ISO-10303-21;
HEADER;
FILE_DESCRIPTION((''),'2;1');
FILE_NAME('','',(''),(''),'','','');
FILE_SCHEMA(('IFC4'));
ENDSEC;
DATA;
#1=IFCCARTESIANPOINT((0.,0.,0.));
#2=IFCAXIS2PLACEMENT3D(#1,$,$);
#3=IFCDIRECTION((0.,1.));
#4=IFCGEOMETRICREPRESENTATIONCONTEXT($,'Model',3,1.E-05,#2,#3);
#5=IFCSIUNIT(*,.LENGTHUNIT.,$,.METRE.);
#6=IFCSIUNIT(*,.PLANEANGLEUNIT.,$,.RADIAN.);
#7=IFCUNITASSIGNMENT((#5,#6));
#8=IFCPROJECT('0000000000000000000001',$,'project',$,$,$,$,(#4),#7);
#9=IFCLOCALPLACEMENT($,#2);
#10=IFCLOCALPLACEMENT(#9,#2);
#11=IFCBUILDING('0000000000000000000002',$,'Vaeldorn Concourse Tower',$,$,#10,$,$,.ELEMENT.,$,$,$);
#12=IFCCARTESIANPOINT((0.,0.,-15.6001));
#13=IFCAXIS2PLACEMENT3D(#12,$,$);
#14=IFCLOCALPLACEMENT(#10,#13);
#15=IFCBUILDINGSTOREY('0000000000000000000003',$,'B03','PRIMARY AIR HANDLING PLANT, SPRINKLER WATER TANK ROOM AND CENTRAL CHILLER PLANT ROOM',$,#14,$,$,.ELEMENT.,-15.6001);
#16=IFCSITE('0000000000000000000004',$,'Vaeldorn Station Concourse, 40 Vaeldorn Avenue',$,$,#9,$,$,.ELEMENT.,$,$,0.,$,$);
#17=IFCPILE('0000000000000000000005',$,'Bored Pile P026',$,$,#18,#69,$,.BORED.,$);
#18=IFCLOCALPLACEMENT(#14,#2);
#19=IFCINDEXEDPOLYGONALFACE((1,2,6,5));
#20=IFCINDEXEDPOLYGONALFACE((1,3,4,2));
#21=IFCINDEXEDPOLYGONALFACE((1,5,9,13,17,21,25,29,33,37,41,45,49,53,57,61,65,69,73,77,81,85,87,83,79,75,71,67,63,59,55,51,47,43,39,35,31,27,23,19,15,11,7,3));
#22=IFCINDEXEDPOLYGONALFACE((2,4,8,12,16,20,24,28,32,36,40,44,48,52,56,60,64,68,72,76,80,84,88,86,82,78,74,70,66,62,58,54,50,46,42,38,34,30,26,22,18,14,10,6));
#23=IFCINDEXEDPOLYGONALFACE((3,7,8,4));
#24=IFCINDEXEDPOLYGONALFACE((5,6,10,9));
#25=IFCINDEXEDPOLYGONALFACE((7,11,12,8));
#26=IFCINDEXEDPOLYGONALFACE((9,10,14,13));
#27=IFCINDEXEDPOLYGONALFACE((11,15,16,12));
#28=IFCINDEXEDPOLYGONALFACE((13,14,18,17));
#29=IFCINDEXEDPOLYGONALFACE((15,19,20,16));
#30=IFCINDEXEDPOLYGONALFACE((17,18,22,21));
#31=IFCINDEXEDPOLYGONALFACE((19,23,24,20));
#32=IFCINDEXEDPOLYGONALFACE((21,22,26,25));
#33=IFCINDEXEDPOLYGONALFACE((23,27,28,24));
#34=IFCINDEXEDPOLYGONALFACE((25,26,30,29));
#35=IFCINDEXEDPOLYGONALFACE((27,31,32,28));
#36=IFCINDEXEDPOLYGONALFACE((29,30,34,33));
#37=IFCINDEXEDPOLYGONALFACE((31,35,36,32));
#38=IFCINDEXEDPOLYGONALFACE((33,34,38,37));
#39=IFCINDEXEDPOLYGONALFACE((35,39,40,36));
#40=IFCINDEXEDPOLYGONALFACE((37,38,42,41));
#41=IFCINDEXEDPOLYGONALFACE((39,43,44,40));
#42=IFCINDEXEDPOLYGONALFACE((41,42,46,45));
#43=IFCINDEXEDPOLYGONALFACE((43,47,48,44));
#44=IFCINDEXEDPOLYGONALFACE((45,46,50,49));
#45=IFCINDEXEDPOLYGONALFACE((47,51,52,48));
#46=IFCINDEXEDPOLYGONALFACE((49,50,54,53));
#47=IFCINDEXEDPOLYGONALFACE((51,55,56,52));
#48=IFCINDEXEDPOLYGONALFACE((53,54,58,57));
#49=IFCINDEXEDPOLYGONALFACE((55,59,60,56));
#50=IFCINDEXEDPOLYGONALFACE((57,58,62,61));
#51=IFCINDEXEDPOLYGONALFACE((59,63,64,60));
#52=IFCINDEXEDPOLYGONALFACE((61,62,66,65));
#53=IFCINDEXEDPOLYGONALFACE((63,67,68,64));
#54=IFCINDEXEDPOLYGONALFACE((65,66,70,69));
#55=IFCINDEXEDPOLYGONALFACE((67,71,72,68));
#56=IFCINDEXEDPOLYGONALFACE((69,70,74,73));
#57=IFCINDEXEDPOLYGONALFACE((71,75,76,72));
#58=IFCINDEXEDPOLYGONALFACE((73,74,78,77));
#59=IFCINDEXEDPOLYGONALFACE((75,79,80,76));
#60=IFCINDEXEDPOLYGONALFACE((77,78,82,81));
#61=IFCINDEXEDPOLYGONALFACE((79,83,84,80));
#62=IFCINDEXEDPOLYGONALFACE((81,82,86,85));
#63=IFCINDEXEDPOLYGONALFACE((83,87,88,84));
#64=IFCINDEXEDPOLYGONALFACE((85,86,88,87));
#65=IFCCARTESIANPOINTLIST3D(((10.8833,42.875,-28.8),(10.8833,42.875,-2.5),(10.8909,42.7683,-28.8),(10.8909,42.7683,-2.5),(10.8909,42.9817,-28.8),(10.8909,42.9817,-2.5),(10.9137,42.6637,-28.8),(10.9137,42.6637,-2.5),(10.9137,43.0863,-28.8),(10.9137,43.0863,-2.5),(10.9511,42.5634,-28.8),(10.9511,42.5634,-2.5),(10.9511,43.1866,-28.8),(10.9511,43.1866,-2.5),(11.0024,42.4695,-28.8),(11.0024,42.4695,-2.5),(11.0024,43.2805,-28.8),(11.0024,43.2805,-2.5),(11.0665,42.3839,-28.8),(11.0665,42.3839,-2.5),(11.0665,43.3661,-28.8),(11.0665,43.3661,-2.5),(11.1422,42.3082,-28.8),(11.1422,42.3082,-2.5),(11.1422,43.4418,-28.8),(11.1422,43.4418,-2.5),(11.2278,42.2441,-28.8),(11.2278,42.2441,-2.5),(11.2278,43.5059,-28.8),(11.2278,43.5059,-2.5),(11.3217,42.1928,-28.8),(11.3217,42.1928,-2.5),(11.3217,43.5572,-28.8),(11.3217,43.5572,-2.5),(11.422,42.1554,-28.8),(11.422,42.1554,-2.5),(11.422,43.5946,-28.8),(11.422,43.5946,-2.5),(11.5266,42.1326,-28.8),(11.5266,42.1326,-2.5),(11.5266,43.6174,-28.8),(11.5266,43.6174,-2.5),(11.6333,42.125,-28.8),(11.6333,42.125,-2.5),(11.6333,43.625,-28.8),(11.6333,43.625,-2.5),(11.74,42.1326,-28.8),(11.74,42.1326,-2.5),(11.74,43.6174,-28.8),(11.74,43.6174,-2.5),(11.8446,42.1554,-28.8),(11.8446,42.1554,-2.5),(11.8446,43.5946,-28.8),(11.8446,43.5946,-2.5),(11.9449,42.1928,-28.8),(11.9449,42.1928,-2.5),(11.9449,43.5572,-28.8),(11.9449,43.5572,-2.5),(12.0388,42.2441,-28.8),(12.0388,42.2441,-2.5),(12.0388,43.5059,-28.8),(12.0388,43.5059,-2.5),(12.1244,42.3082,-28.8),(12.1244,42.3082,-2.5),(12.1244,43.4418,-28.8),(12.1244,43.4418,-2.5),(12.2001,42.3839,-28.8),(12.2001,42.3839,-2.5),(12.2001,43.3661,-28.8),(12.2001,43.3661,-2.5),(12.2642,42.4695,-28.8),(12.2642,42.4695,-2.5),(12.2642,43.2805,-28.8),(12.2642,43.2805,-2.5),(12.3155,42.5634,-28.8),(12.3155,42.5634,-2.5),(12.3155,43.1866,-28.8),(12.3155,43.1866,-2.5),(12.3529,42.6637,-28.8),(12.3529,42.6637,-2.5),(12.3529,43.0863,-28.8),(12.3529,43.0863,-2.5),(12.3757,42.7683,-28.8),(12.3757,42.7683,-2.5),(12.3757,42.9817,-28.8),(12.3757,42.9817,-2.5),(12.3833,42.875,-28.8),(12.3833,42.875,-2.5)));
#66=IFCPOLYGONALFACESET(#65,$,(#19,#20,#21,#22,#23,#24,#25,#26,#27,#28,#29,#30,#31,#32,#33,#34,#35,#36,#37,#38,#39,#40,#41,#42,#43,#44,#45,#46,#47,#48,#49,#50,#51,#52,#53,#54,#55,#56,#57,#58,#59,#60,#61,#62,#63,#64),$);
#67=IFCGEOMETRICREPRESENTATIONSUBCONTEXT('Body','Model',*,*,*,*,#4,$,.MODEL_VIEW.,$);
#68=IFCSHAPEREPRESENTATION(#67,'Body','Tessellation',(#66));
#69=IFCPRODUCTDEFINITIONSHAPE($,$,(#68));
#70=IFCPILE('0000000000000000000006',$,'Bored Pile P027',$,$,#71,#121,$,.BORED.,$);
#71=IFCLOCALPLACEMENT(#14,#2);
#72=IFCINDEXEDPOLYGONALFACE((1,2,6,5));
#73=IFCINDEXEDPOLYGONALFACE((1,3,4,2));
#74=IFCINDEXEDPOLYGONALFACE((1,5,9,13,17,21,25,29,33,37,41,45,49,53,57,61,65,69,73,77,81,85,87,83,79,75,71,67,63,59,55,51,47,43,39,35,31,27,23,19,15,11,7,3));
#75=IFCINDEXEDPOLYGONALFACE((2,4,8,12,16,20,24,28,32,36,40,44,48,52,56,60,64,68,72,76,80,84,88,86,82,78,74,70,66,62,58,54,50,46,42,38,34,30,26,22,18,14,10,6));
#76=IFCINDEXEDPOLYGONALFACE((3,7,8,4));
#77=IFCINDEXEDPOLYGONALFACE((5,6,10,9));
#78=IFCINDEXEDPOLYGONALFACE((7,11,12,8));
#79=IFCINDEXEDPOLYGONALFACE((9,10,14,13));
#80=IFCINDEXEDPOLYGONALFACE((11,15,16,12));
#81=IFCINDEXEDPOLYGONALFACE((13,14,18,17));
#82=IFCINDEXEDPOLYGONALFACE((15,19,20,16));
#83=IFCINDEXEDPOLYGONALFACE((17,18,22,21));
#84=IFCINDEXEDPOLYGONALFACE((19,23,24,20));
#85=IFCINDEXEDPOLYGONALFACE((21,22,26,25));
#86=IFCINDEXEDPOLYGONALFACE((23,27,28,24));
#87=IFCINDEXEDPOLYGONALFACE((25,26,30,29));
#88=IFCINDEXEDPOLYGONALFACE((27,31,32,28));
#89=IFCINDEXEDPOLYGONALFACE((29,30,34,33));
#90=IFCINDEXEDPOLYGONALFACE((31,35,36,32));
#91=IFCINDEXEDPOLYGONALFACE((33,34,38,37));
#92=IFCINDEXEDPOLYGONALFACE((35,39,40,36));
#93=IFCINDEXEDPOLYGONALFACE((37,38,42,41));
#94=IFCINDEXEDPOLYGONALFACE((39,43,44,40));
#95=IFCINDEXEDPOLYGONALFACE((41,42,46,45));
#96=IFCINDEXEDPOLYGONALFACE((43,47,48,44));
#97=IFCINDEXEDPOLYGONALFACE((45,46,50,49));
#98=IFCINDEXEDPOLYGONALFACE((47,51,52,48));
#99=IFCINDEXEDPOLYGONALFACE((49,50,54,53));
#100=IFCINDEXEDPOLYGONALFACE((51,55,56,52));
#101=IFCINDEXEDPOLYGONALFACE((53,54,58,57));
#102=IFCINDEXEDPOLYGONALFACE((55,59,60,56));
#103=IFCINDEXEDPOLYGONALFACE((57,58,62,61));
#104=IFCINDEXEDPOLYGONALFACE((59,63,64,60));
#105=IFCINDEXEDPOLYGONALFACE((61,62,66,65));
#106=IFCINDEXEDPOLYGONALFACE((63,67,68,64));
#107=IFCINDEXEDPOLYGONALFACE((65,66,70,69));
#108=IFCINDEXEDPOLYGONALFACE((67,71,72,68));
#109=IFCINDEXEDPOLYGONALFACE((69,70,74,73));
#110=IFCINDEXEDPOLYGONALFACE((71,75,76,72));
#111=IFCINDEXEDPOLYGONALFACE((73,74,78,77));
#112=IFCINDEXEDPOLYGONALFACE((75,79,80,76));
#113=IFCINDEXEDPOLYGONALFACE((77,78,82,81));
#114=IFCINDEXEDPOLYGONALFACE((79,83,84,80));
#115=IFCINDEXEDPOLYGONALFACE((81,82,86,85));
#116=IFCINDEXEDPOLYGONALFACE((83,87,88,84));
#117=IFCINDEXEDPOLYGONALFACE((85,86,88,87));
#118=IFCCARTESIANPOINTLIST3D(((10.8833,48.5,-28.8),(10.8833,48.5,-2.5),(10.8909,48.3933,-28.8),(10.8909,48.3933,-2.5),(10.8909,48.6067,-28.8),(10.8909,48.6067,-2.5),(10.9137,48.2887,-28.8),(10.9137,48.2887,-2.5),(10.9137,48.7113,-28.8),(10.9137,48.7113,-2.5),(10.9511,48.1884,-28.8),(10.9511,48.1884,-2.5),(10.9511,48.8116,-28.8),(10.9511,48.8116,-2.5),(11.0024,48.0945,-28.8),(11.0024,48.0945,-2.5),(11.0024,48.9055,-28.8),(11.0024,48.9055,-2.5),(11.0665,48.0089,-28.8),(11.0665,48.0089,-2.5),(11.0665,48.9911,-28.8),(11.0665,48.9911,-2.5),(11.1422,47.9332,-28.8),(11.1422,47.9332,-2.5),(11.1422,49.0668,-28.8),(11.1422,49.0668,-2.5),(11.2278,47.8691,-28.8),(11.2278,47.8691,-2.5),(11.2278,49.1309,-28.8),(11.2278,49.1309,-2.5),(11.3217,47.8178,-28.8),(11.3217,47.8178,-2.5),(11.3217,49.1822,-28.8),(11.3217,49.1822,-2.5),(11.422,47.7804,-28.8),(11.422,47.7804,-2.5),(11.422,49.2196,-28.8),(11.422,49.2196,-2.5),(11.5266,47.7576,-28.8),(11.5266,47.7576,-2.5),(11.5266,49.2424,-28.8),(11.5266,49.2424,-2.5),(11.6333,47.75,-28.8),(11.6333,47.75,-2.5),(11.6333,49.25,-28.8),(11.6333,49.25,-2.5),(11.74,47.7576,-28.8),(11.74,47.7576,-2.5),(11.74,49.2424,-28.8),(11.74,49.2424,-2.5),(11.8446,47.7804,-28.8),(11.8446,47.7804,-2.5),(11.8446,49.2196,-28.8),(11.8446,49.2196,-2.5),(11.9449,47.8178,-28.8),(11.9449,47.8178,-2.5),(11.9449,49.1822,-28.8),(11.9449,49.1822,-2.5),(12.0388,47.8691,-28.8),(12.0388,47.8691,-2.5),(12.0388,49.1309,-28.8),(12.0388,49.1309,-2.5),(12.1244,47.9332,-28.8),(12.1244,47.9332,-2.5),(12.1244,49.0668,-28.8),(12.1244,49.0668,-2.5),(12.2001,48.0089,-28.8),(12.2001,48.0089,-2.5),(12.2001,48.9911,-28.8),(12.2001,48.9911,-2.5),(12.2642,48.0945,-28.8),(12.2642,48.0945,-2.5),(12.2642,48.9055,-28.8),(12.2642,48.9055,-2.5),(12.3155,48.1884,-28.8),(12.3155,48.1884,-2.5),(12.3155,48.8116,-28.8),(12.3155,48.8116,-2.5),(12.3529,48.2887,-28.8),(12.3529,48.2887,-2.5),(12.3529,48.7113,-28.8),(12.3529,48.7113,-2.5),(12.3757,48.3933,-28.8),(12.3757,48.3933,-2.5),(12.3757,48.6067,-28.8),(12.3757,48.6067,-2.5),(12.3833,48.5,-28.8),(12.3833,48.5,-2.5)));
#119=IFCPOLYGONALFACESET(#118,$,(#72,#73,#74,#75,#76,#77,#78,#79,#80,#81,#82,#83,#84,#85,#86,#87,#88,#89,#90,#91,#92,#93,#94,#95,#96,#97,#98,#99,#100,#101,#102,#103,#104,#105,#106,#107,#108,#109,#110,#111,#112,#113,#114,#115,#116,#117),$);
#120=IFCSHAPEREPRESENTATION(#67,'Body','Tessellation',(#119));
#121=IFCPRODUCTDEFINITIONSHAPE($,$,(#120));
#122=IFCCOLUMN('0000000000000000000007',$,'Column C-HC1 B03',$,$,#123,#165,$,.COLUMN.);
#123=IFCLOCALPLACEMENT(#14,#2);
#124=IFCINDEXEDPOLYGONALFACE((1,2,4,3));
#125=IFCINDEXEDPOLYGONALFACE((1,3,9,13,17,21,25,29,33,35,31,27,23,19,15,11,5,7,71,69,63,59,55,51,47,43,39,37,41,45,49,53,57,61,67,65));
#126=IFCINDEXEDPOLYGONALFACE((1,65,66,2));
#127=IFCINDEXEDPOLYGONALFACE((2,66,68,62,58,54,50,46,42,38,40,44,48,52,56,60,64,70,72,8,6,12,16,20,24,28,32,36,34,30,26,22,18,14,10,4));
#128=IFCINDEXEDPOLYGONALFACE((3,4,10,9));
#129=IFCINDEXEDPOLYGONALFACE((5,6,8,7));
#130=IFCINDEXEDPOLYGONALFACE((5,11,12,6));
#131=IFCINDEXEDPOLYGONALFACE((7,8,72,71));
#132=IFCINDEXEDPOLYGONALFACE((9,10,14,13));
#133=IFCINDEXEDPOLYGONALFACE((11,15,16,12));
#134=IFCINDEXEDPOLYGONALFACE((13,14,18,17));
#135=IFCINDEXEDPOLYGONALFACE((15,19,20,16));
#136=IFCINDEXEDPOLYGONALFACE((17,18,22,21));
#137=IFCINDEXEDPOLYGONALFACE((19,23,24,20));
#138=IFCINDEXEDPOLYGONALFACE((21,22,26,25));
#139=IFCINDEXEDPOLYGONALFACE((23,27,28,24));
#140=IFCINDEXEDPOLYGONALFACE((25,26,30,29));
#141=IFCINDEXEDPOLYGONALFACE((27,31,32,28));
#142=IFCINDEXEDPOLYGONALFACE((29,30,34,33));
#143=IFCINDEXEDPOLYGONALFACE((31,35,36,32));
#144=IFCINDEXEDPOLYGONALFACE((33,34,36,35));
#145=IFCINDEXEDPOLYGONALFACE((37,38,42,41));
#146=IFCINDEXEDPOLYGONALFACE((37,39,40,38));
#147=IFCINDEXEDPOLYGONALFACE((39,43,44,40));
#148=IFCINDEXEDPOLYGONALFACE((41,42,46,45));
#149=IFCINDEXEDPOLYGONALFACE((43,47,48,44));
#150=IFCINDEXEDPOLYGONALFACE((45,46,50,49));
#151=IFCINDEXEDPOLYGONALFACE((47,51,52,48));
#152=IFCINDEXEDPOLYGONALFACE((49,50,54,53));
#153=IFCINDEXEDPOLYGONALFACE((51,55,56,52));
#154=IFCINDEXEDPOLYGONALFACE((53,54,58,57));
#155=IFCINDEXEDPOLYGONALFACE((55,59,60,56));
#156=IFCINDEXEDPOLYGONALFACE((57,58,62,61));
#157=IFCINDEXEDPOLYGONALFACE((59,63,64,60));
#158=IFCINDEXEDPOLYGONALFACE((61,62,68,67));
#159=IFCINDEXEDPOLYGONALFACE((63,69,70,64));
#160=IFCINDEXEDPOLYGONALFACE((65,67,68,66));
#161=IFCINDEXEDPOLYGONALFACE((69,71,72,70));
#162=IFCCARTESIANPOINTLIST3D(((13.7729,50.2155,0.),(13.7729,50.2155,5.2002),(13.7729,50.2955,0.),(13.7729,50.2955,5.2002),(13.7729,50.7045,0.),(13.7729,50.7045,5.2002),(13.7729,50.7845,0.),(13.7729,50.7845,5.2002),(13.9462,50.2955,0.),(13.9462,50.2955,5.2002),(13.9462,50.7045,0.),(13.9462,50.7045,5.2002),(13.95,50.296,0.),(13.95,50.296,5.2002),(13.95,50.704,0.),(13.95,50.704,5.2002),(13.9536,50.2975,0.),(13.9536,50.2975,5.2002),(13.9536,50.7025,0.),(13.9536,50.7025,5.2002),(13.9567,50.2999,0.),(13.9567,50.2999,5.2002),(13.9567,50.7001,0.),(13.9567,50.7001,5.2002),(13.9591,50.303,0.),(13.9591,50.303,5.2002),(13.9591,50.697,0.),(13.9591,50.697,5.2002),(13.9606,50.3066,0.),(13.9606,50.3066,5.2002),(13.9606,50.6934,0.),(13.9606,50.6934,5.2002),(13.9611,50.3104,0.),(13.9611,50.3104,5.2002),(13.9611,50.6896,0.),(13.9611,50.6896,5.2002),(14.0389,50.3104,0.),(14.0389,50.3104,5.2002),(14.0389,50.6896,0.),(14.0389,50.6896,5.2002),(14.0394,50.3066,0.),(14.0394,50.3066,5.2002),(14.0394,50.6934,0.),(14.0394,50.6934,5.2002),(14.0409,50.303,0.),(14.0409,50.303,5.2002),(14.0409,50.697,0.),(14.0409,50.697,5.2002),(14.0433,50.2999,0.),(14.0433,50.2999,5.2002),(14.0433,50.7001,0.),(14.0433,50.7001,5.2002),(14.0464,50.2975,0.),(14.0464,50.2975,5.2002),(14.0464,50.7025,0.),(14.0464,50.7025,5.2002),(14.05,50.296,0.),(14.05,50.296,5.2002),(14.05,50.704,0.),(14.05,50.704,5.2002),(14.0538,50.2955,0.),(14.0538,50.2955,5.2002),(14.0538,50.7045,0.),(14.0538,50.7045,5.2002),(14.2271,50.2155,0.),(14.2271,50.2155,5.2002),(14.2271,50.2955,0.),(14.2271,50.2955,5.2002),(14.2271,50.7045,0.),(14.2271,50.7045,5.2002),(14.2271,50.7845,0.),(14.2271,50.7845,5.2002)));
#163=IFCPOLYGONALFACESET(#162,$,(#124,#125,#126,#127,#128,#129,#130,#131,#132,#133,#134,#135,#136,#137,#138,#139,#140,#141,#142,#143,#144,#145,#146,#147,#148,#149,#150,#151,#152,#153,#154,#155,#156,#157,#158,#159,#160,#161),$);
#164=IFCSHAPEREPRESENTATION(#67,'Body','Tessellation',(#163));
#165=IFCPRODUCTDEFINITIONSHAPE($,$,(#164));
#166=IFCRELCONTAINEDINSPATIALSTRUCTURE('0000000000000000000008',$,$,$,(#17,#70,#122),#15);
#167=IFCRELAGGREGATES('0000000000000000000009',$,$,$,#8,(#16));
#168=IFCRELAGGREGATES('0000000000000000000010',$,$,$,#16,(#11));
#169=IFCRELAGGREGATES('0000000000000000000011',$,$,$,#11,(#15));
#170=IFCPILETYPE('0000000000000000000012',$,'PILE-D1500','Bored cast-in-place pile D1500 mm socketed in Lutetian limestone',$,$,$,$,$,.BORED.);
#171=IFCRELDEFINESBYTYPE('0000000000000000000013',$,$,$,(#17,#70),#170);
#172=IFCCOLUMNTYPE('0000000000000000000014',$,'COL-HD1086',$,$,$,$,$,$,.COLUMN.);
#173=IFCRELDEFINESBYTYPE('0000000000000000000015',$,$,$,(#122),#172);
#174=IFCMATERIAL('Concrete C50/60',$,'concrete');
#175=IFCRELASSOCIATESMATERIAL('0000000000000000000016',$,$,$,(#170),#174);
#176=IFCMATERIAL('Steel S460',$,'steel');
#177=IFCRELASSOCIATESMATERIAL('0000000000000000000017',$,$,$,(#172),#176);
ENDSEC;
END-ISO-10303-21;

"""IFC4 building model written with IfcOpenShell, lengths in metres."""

from ifc_helpers import new_model, si_unit, direction, frame, origin, origin_2d, place, context, subcontext, project, spatial, circle, i_section, extrude, source, transform, mapped, material, material_profile, profile_set, type_object, element, save


model = new_model("IFC4")

# Units and contexts
model_context = context("Model", 3, precision=1e-05, world=origin(), true_north=direction((0.0, 1.0)))
body_context = subcontext(model_context, "Body", "Model", "MODEL_VIEW")
ifc_project = project(units=[si_unit("LENGTHUNIT", "METRE"), si_unit("PLANEANGLEUNIT", "RADIAN")], contexts=[model_context])

# Site, building, storey
site_placement = place(None, origin())
site = spatial("IfcSite", under=ifc_project, at=site_placement, Name="Vaeldorn Station Concourse, 40 Vaeldorn Avenue", CompositionType="ELEMENT", RefElevation=0.0)
building_placement = place(site_placement, origin())
building = spatial("IfcBuilding", under=site, at=building_placement, Name="Vaeldorn Concourse Tower", CompositionType="ELEMENT")
storey_placement = place(building_placement, frame((0.0, 0.0, -15.6001)))
storey = spatial("IfcBuildingStorey", under=building, at=storey_placement, Name="B03", Description="PRIMARY AIR HANDLING PLANT, SPRINKLER WATER TANK ROOM AND CENTRAL CHILLER PLANT ROOM", CompositionType="ELEMENT", Elevation=-15.6001)

# Piles
ifc_material_1 = material(Name="Concrete C50/60", Category="concrete")
ifc_material_profile_1 = material_profile(ifc_material_1, circle(Radius=0.75, at=origin_2d()), Name="BORED PILE D1500")
ifc_profile_set_1 = profile_set([ifc_material_profile_1], Name="Concrete C50/60")
pile_type = type_object("IfcPileType", Name="PILE-D1500", Description="Bored cast-in-place pile D1500 mm socketed in Lutetian limestone", PredefinedType="BORED", material=ifc_profile_set_1)
for number, where, z_axis, x_axis, name in (
    (1, (11.6333, 42.875, -2.5), (0.0, 0.0, -1.0), (1.0, 0.0, 0.0), "Bored Pile P026"),
    (2, (11.6333, 48.5, -2.5), (0.0, 0.0, -1.0), (1.0, 0.0, 0.0), "Bored Pile P027"),
):
    element("IfcPile", number, at=place(storey_placement, frame(where, z_axis=z_axis, x_axis=x_axis)), inside=storey, type_object=pile_type, Name=name, PredefinedType="BORED", context=body_context, shape_type="SweptSolid", body=[
        extrude(circle(Radius=0.75, at=origin_2d()), origin(), (0.0, 0.0, 1.0), 26.3),
    ])

# Column
ifc_material_2 = material(Name="Steel S460", Category="steel")
ifc_material_profile_2 = material_profile(ifc_material_2, i_section(OverallWidth=0.4541, OverallDepth=0.5691, WebThickness=0.0779, FlangeThickness=0.0801, FilletRadius=0.0149, at=origin_2d()), Name="HD 400x1086")
ifc_profile_set_2 = profile_set([ifc_material_profile_2], Name="Steel S460")
column_type_1 = type_object("IfcColumnType", Name="COL-HD1086", PredefinedType="COLUMN", material=ifc_profile_set_2)
shared_shape_1 = source(origin(), body_context, "Body", "SweptSolid", [
    extrude(i_section(OverallWidth=0.4541, OverallDepth=0.5691, WebThickness=0.0779, FlangeThickness=0.0801, FilletRadius=0.0149, at=origin_2d()), origin(), (0.0, 0.0, 1.0), 5.2002),
])
column_1_placement = place(storey_placement, frame((14.0, 50.5, 0.0), z_axis=(0.0, 0.0, 1.0), x_axis=(1.0, 0.0, 0.0)))
element("IfcColumn", 3, at=column_1_placement, inside=storey, type_object=column_type_1, Name="Column C-HC1 B03", PredefinedType="COLUMN", context=body_context, shape_type="MappedRepresentation", body=[
    mapped(shared_shape_1, transform((0.0, 0.0, 0.0), scale=1.0)),
])

save(model, "model.ifc")
